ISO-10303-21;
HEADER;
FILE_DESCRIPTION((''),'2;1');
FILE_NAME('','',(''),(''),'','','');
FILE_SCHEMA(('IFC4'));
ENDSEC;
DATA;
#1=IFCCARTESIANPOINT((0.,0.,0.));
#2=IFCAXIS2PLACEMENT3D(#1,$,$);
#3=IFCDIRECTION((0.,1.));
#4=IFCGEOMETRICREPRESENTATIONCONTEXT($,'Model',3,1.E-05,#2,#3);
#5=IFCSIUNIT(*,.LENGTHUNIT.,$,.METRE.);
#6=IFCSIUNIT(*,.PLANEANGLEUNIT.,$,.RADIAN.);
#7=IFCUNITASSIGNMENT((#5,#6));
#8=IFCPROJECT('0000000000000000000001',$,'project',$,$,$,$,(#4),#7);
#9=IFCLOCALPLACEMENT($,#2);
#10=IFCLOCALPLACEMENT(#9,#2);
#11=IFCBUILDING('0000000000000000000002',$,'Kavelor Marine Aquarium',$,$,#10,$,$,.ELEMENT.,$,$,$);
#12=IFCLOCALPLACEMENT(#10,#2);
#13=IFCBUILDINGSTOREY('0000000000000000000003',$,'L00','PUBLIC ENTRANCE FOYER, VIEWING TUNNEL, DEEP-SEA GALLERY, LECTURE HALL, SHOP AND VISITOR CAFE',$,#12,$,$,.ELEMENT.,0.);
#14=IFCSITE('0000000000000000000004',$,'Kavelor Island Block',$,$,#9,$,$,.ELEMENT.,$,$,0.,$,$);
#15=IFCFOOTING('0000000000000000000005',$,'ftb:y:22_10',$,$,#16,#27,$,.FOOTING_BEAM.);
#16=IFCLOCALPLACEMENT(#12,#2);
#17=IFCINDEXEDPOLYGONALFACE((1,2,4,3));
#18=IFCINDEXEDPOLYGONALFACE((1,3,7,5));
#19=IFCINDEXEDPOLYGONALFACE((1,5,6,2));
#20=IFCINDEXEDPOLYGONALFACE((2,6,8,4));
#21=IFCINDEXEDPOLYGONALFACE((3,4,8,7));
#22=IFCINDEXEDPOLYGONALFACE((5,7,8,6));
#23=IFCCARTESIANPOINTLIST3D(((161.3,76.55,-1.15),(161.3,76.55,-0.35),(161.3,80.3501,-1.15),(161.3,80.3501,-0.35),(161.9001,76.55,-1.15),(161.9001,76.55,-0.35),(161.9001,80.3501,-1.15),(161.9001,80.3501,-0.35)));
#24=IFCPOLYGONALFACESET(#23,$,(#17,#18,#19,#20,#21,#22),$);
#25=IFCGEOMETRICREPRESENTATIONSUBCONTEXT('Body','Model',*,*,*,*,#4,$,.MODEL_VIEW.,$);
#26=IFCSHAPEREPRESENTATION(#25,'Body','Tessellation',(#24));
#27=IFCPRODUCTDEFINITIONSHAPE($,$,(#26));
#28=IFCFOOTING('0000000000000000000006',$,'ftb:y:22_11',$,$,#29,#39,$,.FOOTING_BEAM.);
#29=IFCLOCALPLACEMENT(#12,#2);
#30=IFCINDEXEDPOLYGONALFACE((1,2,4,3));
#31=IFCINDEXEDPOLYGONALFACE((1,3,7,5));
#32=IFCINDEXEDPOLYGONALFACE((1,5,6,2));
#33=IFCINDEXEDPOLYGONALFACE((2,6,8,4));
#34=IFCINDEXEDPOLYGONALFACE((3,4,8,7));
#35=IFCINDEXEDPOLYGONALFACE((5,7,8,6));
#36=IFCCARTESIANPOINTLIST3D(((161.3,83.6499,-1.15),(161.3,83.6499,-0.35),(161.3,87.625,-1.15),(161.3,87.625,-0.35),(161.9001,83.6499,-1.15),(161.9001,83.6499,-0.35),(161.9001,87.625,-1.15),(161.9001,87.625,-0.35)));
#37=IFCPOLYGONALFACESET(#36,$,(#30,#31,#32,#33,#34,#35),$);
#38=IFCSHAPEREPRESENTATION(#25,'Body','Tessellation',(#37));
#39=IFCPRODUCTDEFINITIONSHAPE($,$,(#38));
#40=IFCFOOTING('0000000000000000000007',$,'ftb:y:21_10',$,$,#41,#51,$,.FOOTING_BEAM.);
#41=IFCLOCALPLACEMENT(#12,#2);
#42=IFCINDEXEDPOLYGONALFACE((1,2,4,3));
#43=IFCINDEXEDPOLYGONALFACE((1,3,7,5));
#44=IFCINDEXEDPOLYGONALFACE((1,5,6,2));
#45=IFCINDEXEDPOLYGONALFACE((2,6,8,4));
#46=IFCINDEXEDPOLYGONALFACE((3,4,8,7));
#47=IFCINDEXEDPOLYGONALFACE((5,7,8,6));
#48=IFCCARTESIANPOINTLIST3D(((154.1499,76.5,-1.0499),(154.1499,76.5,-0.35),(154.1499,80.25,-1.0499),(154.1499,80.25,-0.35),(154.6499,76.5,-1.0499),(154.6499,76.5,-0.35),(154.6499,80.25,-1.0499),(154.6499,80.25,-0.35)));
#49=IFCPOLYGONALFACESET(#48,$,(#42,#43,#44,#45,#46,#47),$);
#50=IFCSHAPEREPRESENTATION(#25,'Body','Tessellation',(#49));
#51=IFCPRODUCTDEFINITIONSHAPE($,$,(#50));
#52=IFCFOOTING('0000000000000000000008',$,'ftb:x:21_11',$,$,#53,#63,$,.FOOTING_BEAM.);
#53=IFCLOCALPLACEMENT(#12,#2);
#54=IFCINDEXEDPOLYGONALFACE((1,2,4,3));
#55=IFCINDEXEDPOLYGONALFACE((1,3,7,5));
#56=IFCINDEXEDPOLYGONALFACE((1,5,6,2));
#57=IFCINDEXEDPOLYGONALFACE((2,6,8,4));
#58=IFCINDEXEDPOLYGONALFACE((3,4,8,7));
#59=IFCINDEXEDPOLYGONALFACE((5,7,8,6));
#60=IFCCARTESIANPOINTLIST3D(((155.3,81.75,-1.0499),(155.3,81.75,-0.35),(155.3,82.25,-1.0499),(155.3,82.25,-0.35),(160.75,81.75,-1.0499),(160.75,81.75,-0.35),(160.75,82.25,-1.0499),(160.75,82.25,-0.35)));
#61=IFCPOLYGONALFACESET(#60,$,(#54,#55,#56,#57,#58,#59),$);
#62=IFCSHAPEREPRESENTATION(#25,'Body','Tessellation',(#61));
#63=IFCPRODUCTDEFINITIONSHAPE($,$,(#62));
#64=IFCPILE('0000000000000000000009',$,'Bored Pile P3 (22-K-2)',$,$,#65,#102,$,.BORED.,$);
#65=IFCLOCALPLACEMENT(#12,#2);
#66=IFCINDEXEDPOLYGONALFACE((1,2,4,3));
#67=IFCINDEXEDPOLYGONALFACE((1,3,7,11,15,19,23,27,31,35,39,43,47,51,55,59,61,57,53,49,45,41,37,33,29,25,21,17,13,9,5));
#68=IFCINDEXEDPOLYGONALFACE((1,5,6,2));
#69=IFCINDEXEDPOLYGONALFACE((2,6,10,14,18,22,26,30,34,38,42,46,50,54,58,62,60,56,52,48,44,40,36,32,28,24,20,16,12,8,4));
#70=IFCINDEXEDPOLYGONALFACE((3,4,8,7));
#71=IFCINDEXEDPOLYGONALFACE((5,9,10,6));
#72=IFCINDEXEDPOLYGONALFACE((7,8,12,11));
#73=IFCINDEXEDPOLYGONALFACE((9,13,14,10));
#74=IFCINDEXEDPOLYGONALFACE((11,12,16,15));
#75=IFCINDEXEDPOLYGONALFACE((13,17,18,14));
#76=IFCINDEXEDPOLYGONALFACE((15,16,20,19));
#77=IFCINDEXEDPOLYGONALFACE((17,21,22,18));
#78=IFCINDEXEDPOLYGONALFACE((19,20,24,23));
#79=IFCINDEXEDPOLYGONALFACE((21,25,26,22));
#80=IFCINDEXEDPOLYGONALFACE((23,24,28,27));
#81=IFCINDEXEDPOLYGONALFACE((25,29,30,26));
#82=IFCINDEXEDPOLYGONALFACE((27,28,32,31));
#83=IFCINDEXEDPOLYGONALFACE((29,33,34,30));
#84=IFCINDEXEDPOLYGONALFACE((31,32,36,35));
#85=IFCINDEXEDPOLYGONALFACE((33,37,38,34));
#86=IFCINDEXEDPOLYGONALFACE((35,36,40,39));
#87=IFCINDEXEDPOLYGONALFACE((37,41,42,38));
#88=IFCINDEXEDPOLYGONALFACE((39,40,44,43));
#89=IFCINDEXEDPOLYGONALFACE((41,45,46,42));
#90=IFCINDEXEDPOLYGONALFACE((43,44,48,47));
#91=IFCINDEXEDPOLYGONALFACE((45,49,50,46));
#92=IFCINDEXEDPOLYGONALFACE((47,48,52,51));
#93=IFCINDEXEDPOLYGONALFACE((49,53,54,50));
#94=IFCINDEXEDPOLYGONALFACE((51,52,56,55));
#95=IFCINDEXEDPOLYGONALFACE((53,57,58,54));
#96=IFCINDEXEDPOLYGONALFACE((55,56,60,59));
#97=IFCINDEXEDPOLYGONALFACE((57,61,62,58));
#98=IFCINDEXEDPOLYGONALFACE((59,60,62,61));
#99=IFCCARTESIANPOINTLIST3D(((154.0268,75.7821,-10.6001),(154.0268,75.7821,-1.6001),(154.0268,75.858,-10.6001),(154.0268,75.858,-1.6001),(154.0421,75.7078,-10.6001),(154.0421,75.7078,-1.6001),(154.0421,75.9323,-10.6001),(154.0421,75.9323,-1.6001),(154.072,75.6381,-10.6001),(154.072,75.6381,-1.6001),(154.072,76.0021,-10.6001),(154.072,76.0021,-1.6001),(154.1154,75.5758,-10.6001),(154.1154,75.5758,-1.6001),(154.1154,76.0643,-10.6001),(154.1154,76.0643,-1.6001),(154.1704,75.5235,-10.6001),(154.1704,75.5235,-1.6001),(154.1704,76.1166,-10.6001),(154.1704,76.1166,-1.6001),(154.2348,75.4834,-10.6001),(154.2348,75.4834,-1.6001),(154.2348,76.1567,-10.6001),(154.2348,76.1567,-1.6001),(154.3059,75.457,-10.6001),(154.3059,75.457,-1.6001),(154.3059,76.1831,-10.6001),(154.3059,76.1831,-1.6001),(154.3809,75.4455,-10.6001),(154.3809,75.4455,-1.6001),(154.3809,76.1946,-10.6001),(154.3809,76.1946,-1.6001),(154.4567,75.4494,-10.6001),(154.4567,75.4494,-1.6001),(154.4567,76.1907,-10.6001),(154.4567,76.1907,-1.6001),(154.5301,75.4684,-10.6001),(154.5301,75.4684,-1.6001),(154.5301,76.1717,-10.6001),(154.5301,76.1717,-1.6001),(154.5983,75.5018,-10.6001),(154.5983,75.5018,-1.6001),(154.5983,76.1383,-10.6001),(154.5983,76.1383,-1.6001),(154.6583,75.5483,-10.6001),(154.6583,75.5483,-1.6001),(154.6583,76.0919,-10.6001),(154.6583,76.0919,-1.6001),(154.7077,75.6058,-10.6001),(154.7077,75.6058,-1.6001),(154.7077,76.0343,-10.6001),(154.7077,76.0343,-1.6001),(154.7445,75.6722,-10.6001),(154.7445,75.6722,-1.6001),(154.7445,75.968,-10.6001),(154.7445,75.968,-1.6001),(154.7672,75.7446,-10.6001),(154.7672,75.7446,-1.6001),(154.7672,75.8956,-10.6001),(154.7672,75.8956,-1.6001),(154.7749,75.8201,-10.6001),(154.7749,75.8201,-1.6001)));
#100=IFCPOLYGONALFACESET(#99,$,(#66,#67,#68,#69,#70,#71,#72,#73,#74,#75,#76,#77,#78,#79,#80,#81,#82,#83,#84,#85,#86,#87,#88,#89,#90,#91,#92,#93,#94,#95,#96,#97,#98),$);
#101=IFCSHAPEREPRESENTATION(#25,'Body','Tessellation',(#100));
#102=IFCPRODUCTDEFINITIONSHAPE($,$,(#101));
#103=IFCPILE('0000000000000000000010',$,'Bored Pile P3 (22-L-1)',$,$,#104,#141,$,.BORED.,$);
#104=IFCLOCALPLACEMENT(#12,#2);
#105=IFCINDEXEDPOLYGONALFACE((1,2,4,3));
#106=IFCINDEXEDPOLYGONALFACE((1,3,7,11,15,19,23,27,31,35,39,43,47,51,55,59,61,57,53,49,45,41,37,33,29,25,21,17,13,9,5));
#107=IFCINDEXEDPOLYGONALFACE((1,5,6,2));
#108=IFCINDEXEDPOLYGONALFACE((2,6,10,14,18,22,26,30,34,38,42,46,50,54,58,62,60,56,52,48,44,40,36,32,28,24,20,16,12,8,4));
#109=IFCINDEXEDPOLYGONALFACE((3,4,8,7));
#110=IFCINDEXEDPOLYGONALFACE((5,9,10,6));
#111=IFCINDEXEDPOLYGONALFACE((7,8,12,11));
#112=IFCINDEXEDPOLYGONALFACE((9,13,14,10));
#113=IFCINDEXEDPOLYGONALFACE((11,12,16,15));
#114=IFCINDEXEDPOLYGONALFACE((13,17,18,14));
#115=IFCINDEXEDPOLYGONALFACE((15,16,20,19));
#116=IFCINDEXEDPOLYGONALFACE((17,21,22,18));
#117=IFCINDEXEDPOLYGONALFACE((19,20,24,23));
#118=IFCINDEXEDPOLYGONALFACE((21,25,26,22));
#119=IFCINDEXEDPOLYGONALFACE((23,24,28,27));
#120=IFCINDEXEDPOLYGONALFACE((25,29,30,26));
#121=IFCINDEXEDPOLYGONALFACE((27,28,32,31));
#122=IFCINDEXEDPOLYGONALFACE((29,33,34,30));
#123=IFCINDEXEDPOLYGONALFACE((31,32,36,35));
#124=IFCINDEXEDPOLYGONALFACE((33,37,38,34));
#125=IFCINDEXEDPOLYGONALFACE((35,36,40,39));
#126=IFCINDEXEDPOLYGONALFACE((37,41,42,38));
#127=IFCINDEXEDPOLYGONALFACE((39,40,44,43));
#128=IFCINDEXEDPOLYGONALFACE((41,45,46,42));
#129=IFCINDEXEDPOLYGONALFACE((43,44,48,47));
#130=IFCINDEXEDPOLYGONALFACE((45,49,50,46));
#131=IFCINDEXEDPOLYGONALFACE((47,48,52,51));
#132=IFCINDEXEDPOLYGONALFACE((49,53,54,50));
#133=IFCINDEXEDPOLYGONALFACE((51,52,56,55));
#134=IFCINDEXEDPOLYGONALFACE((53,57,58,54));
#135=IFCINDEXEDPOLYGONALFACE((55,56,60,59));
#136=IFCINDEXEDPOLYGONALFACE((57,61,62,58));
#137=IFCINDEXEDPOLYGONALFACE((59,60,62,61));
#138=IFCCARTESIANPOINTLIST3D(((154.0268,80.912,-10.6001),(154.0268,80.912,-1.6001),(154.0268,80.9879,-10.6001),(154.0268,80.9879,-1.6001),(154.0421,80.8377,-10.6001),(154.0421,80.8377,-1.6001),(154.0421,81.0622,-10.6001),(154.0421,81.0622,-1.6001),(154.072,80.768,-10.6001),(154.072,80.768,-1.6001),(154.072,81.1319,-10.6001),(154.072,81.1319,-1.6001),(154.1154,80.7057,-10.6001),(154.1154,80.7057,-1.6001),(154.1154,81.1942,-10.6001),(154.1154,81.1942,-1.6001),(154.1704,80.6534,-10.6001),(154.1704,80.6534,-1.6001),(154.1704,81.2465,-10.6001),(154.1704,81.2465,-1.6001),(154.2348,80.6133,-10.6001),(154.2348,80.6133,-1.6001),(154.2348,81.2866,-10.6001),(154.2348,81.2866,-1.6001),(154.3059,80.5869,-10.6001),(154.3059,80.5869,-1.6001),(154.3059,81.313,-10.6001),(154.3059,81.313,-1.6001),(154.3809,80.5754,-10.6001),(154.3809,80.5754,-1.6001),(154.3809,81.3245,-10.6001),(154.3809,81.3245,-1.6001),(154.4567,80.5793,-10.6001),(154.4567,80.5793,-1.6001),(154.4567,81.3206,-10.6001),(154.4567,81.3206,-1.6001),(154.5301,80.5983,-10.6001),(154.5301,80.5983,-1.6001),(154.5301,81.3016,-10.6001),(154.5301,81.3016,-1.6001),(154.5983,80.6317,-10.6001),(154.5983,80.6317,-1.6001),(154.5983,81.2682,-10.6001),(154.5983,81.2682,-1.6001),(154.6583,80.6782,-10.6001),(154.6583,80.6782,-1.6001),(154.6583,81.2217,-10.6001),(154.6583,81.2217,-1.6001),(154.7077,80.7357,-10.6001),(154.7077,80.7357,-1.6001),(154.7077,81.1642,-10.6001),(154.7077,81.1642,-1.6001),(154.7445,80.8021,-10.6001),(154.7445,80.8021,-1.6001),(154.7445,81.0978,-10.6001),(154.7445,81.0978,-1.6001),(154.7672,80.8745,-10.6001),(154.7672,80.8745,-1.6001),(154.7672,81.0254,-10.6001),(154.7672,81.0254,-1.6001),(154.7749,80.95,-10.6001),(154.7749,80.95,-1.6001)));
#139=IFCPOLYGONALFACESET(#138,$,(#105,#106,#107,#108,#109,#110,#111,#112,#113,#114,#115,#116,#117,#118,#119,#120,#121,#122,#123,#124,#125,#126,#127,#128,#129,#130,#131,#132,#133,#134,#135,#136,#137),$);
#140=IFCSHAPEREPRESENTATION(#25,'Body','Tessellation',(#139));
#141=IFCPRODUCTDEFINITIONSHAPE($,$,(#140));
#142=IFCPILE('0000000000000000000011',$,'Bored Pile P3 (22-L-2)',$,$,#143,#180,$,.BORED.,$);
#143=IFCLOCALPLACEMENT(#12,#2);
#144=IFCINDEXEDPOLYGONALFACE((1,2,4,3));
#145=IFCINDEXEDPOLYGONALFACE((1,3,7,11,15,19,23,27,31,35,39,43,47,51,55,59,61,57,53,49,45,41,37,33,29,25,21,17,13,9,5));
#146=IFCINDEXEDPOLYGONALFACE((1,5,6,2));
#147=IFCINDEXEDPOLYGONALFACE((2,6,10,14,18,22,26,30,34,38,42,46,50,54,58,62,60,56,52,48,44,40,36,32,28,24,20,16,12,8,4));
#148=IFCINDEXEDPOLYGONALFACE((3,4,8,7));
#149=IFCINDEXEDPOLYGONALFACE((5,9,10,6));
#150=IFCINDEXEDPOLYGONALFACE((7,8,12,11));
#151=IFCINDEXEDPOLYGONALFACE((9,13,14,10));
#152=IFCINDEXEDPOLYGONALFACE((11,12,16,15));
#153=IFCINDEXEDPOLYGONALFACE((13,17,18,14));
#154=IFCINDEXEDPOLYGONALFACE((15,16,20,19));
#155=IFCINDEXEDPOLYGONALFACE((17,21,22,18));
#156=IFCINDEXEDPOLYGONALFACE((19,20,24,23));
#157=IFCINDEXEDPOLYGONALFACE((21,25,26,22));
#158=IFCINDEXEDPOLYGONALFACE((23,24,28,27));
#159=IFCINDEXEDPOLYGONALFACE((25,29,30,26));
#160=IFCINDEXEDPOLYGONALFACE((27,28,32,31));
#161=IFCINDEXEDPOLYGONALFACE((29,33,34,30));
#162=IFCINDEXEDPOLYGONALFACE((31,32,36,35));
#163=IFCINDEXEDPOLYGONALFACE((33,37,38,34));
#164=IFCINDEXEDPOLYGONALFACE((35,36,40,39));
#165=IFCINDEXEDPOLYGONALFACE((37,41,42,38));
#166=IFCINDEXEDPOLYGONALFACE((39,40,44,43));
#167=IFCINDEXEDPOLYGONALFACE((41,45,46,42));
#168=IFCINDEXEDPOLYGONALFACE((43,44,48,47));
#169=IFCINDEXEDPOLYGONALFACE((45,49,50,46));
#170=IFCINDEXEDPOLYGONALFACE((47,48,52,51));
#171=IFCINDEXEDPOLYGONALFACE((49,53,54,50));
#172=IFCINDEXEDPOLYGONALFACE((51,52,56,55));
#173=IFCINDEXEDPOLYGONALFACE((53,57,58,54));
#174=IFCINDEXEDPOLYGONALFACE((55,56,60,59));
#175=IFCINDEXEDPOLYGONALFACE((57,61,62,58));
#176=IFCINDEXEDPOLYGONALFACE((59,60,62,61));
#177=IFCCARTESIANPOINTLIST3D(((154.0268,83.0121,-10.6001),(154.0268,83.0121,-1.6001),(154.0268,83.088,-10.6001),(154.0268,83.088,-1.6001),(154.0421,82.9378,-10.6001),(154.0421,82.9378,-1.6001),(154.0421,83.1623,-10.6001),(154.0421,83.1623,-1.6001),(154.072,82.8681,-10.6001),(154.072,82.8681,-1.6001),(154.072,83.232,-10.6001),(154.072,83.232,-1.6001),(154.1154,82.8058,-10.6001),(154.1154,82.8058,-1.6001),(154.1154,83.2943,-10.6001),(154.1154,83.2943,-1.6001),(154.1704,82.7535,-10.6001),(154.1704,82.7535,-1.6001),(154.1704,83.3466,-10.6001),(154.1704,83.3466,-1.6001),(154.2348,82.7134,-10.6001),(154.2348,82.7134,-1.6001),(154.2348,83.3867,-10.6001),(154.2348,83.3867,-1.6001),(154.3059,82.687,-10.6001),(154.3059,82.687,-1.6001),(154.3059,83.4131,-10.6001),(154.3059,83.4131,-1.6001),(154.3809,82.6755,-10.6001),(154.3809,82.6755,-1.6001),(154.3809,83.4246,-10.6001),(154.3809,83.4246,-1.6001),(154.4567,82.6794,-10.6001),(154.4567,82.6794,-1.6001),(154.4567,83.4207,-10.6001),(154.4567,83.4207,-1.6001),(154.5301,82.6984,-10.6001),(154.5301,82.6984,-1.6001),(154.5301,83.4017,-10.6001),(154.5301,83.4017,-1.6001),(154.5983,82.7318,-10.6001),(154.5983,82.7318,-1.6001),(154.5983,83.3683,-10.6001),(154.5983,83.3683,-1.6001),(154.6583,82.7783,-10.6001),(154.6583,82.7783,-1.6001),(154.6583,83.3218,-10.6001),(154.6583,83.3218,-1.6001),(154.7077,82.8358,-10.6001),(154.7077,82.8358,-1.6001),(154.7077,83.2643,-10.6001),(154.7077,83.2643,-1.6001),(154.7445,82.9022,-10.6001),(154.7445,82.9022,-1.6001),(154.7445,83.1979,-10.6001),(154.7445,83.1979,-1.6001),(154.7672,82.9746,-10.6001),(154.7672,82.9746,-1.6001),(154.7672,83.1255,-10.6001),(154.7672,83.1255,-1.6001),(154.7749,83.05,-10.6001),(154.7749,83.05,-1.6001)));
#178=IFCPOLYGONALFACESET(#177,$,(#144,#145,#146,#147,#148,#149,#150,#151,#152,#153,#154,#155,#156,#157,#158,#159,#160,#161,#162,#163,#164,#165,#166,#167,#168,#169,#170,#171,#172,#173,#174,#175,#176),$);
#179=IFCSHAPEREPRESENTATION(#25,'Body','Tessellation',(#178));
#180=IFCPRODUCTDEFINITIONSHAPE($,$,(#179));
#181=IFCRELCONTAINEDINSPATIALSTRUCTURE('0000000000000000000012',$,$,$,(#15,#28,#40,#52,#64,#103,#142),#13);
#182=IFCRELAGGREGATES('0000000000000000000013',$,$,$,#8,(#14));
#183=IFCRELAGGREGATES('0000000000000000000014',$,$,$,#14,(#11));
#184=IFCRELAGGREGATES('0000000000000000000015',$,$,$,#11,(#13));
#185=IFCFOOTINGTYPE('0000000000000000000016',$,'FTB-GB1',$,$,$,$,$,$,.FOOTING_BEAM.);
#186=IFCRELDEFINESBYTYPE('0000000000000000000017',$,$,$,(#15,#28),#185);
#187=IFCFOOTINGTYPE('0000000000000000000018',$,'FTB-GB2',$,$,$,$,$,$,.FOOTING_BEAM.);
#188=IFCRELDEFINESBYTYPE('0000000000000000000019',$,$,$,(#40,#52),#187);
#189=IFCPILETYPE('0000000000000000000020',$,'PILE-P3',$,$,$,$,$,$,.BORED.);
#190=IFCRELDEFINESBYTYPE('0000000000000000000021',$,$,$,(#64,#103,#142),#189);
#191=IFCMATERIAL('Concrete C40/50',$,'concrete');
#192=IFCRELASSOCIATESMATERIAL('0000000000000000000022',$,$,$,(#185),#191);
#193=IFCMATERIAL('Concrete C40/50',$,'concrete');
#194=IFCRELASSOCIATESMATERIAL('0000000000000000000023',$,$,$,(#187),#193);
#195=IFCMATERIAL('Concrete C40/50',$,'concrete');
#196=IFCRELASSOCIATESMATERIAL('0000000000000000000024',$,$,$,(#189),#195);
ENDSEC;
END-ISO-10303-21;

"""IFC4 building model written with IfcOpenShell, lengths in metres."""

from ifc_helpers import new_model, si_unit, direction, frame, origin, origin_2d, place, context, subcontext, project, spatial, rectangle, circle, extrude, material, material_profile, profile_set, type_object, element, save


model = new_model("IFC4")

# Units and contexts
model_context = context("Model", 3, precision=1e-05, world=origin(), true_north=direction((0.0, 1.0)))
body_context = subcontext(model_context, "Body", "Model", "MODEL_VIEW")
ifc_project = project(units=[si_unit("LENGTHUNIT", "METRE"), si_unit("PLANEANGLEUNIT", "RADIAN")], contexts=[model_context])

# Site, building, storey
site_placement = place(None, origin())
site = spatial("IfcSite", under=ifc_project, at=site_placement, Name="Kavelor Island Block", CompositionType="ELEMENT", RefElevation=0.0)
building_placement = place(site_placement, origin())
building = spatial("IfcBuilding", under=site, at=building_placement, Name="Kavelor Marine Aquarium", CompositionType="ELEMENT")
storey_placement = place(building_placement, origin())
storey = spatial("IfcBuildingStorey", under=building, at=storey_placement, Name="L00", Description="PUBLIC ENTRANCE FOYER, VIEWING TUNNEL, DEEP-SEA GALLERY, LECTURE HALL, SHOP AND VISITOR CAFE", CompositionType="ELEMENT", Elevation=0.0)

# Footings
ifc_material_1 = material(Name="Concrete C40/50", Category="concrete")
ifc_material_profile_1 = material_profile(ifc_material_1, rectangle(XDim=0.6001, YDim=0.8, at=origin_2d()), Name="GB 600x800")
ifc_profile_set_1 = profile_set([ifc_material_profile_1], Name="Concrete C40/50")
footing_type_1 = type_object("IfcFootingType", Name="FTB-GB1", PredefinedType="FOOTING_BEAM", material=ifc_profile_set_1)
footing_1_placement = place(storey_placement, frame((161.6001, 76.55, -0.75), z_axis=(0.0, 1.0, 0.0), x_axis=(-1.0, 0.0, 0.0)))
element("IfcFooting", 1, at=footing_1_placement, inside=storey, type_object=footing_type_1, Name="ftb:y:22_10", PredefinedType="FOOTING_BEAM", context=body_context, shape_type="SweptSolid", body=[
    extrude(rectangle(XDim=0.6001, YDim=0.8, at=origin_2d()), origin(), (0.0, 0.0, 1.0), 3.8),
])
footing_2_placement = place(storey_placement, frame((161.6001, 83.6499, -0.75), z_axis=(0.0, 1.0, 0.0), x_axis=(-1.0, 0.0, 0.0)))
element("IfcFooting", 2, at=footing_2_placement, inside=storey, type_object=footing_type_1, Name="ftb:y:22_11", PredefinedType="FOOTING_BEAM", context=body_context, shape_type="SweptSolid", body=[
    extrude(rectangle(XDim=0.6001, YDim=0.8, at=origin_2d()), origin(), (0.0, 0.0, 1.0), 3.9751),
])
ifc_material_2 = material(Name="Concrete C40/50", Category="concrete")
ifc_material_profile_2 = material_profile(ifc_material_2, rectangle(XDim=0.5, YDim=0.7, at=origin_2d()), Name="GB 500x700")
ifc_profile_set_2 = profile_set([ifc_material_profile_2], Name="Concrete C40/50")
footing_type_2 = type_object("IfcFootingType", Name="FTB-GB2", PredefinedType="FOOTING_BEAM", material=ifc_profile_set_2)
footing_3_placement = place(storey_placement, frame((154.3999, 76.5, -0.7), z_axis=(0.0, 1.0, 0.0), x_axis=(-1.0, 0.0, 0.0)))
element("IfcFooting", 3, at=footing_3_placement, inside=storey, type_object=footing_type_2, Name="ftb:y:21_10", PredefinedType="FOOTING_BEAM", context=body_context, shape_type="SweptSolid", body=[
    extrude(rectangle(XDim=0.5, YDim=0.7, at=origin_2d()), origin(), (0.0, 0.0, 1.0), 3.75),
])
footing_4_placement = place(storey_placement, frame((155.3, 82.0, -0.7), z_axis=(1.0, 0.0, 0.0), x_axis=(0.0, 1.0, 0.0)))
element("IfcFooting", 4, at=footing_4_placement, inside=storey, type_object=footing_type_2, Name="ftb:x:21_11", PredefinedType="FOOTING_BEAM", context=body_context, shape_type="SweptSolid", body=[
    extrude(rectangle(XDim=0.5, YDim=0.7, at=origin_2d()), origin(), (0.0, 0.0, 1.0), 5.45),
])

# Piles
ifc_material_3 = material(Name="Concrete C40/50", Category="concrete")
ifc_material_profile_3 = material_profile(ifc_material_3, circle(Radius=0.375, at=origin_2d()), Name="PILE D750")
ifc_profile_set_3 = profile_set([ifc_material_profile_3], Name="Concrete C40/50")
pile_type = type_object("IfcPileType", Name="PILE-P3", PredefinedType="BORED", material=ifc_profile_set_3)
for number, where, z_axis, x_axis, name in (
    (5, (154.3999, 75.8201, -1.6001), (0.0, 0.0, -1.0), (1.0, 0.0, 0.0), "Bored Pile P3 (22-K-2)"),
    (6, (154.3999, 80.95, -1.6001), (0.0, 0.0, -1.0), (1.0, 0.0, 0.0), "Bored Pile P3 (22-L-1)"),
    (7, (154.3999, 83.05, -1.6001), (0.0, 0.0, -1.0), (1.0, 0.0, 0.0), "Bored Pile P3 (22-L-2)"),
):
    element("IfcPile", number, at=place(storey_placement, frame(where, z_axis=z_axis, x_axis=x_axis)), inside=storey, type_object=pile_type, Name=name, PredefinedType="BORED", context=body_context, shape_type="SweptSolid", body=[
        extrude(circle(Radius=0.375, at=origin_2d()), origin(), (0.0, 0.0, 1.0), 9.0),
    ])

save(model, "model.ifc")
